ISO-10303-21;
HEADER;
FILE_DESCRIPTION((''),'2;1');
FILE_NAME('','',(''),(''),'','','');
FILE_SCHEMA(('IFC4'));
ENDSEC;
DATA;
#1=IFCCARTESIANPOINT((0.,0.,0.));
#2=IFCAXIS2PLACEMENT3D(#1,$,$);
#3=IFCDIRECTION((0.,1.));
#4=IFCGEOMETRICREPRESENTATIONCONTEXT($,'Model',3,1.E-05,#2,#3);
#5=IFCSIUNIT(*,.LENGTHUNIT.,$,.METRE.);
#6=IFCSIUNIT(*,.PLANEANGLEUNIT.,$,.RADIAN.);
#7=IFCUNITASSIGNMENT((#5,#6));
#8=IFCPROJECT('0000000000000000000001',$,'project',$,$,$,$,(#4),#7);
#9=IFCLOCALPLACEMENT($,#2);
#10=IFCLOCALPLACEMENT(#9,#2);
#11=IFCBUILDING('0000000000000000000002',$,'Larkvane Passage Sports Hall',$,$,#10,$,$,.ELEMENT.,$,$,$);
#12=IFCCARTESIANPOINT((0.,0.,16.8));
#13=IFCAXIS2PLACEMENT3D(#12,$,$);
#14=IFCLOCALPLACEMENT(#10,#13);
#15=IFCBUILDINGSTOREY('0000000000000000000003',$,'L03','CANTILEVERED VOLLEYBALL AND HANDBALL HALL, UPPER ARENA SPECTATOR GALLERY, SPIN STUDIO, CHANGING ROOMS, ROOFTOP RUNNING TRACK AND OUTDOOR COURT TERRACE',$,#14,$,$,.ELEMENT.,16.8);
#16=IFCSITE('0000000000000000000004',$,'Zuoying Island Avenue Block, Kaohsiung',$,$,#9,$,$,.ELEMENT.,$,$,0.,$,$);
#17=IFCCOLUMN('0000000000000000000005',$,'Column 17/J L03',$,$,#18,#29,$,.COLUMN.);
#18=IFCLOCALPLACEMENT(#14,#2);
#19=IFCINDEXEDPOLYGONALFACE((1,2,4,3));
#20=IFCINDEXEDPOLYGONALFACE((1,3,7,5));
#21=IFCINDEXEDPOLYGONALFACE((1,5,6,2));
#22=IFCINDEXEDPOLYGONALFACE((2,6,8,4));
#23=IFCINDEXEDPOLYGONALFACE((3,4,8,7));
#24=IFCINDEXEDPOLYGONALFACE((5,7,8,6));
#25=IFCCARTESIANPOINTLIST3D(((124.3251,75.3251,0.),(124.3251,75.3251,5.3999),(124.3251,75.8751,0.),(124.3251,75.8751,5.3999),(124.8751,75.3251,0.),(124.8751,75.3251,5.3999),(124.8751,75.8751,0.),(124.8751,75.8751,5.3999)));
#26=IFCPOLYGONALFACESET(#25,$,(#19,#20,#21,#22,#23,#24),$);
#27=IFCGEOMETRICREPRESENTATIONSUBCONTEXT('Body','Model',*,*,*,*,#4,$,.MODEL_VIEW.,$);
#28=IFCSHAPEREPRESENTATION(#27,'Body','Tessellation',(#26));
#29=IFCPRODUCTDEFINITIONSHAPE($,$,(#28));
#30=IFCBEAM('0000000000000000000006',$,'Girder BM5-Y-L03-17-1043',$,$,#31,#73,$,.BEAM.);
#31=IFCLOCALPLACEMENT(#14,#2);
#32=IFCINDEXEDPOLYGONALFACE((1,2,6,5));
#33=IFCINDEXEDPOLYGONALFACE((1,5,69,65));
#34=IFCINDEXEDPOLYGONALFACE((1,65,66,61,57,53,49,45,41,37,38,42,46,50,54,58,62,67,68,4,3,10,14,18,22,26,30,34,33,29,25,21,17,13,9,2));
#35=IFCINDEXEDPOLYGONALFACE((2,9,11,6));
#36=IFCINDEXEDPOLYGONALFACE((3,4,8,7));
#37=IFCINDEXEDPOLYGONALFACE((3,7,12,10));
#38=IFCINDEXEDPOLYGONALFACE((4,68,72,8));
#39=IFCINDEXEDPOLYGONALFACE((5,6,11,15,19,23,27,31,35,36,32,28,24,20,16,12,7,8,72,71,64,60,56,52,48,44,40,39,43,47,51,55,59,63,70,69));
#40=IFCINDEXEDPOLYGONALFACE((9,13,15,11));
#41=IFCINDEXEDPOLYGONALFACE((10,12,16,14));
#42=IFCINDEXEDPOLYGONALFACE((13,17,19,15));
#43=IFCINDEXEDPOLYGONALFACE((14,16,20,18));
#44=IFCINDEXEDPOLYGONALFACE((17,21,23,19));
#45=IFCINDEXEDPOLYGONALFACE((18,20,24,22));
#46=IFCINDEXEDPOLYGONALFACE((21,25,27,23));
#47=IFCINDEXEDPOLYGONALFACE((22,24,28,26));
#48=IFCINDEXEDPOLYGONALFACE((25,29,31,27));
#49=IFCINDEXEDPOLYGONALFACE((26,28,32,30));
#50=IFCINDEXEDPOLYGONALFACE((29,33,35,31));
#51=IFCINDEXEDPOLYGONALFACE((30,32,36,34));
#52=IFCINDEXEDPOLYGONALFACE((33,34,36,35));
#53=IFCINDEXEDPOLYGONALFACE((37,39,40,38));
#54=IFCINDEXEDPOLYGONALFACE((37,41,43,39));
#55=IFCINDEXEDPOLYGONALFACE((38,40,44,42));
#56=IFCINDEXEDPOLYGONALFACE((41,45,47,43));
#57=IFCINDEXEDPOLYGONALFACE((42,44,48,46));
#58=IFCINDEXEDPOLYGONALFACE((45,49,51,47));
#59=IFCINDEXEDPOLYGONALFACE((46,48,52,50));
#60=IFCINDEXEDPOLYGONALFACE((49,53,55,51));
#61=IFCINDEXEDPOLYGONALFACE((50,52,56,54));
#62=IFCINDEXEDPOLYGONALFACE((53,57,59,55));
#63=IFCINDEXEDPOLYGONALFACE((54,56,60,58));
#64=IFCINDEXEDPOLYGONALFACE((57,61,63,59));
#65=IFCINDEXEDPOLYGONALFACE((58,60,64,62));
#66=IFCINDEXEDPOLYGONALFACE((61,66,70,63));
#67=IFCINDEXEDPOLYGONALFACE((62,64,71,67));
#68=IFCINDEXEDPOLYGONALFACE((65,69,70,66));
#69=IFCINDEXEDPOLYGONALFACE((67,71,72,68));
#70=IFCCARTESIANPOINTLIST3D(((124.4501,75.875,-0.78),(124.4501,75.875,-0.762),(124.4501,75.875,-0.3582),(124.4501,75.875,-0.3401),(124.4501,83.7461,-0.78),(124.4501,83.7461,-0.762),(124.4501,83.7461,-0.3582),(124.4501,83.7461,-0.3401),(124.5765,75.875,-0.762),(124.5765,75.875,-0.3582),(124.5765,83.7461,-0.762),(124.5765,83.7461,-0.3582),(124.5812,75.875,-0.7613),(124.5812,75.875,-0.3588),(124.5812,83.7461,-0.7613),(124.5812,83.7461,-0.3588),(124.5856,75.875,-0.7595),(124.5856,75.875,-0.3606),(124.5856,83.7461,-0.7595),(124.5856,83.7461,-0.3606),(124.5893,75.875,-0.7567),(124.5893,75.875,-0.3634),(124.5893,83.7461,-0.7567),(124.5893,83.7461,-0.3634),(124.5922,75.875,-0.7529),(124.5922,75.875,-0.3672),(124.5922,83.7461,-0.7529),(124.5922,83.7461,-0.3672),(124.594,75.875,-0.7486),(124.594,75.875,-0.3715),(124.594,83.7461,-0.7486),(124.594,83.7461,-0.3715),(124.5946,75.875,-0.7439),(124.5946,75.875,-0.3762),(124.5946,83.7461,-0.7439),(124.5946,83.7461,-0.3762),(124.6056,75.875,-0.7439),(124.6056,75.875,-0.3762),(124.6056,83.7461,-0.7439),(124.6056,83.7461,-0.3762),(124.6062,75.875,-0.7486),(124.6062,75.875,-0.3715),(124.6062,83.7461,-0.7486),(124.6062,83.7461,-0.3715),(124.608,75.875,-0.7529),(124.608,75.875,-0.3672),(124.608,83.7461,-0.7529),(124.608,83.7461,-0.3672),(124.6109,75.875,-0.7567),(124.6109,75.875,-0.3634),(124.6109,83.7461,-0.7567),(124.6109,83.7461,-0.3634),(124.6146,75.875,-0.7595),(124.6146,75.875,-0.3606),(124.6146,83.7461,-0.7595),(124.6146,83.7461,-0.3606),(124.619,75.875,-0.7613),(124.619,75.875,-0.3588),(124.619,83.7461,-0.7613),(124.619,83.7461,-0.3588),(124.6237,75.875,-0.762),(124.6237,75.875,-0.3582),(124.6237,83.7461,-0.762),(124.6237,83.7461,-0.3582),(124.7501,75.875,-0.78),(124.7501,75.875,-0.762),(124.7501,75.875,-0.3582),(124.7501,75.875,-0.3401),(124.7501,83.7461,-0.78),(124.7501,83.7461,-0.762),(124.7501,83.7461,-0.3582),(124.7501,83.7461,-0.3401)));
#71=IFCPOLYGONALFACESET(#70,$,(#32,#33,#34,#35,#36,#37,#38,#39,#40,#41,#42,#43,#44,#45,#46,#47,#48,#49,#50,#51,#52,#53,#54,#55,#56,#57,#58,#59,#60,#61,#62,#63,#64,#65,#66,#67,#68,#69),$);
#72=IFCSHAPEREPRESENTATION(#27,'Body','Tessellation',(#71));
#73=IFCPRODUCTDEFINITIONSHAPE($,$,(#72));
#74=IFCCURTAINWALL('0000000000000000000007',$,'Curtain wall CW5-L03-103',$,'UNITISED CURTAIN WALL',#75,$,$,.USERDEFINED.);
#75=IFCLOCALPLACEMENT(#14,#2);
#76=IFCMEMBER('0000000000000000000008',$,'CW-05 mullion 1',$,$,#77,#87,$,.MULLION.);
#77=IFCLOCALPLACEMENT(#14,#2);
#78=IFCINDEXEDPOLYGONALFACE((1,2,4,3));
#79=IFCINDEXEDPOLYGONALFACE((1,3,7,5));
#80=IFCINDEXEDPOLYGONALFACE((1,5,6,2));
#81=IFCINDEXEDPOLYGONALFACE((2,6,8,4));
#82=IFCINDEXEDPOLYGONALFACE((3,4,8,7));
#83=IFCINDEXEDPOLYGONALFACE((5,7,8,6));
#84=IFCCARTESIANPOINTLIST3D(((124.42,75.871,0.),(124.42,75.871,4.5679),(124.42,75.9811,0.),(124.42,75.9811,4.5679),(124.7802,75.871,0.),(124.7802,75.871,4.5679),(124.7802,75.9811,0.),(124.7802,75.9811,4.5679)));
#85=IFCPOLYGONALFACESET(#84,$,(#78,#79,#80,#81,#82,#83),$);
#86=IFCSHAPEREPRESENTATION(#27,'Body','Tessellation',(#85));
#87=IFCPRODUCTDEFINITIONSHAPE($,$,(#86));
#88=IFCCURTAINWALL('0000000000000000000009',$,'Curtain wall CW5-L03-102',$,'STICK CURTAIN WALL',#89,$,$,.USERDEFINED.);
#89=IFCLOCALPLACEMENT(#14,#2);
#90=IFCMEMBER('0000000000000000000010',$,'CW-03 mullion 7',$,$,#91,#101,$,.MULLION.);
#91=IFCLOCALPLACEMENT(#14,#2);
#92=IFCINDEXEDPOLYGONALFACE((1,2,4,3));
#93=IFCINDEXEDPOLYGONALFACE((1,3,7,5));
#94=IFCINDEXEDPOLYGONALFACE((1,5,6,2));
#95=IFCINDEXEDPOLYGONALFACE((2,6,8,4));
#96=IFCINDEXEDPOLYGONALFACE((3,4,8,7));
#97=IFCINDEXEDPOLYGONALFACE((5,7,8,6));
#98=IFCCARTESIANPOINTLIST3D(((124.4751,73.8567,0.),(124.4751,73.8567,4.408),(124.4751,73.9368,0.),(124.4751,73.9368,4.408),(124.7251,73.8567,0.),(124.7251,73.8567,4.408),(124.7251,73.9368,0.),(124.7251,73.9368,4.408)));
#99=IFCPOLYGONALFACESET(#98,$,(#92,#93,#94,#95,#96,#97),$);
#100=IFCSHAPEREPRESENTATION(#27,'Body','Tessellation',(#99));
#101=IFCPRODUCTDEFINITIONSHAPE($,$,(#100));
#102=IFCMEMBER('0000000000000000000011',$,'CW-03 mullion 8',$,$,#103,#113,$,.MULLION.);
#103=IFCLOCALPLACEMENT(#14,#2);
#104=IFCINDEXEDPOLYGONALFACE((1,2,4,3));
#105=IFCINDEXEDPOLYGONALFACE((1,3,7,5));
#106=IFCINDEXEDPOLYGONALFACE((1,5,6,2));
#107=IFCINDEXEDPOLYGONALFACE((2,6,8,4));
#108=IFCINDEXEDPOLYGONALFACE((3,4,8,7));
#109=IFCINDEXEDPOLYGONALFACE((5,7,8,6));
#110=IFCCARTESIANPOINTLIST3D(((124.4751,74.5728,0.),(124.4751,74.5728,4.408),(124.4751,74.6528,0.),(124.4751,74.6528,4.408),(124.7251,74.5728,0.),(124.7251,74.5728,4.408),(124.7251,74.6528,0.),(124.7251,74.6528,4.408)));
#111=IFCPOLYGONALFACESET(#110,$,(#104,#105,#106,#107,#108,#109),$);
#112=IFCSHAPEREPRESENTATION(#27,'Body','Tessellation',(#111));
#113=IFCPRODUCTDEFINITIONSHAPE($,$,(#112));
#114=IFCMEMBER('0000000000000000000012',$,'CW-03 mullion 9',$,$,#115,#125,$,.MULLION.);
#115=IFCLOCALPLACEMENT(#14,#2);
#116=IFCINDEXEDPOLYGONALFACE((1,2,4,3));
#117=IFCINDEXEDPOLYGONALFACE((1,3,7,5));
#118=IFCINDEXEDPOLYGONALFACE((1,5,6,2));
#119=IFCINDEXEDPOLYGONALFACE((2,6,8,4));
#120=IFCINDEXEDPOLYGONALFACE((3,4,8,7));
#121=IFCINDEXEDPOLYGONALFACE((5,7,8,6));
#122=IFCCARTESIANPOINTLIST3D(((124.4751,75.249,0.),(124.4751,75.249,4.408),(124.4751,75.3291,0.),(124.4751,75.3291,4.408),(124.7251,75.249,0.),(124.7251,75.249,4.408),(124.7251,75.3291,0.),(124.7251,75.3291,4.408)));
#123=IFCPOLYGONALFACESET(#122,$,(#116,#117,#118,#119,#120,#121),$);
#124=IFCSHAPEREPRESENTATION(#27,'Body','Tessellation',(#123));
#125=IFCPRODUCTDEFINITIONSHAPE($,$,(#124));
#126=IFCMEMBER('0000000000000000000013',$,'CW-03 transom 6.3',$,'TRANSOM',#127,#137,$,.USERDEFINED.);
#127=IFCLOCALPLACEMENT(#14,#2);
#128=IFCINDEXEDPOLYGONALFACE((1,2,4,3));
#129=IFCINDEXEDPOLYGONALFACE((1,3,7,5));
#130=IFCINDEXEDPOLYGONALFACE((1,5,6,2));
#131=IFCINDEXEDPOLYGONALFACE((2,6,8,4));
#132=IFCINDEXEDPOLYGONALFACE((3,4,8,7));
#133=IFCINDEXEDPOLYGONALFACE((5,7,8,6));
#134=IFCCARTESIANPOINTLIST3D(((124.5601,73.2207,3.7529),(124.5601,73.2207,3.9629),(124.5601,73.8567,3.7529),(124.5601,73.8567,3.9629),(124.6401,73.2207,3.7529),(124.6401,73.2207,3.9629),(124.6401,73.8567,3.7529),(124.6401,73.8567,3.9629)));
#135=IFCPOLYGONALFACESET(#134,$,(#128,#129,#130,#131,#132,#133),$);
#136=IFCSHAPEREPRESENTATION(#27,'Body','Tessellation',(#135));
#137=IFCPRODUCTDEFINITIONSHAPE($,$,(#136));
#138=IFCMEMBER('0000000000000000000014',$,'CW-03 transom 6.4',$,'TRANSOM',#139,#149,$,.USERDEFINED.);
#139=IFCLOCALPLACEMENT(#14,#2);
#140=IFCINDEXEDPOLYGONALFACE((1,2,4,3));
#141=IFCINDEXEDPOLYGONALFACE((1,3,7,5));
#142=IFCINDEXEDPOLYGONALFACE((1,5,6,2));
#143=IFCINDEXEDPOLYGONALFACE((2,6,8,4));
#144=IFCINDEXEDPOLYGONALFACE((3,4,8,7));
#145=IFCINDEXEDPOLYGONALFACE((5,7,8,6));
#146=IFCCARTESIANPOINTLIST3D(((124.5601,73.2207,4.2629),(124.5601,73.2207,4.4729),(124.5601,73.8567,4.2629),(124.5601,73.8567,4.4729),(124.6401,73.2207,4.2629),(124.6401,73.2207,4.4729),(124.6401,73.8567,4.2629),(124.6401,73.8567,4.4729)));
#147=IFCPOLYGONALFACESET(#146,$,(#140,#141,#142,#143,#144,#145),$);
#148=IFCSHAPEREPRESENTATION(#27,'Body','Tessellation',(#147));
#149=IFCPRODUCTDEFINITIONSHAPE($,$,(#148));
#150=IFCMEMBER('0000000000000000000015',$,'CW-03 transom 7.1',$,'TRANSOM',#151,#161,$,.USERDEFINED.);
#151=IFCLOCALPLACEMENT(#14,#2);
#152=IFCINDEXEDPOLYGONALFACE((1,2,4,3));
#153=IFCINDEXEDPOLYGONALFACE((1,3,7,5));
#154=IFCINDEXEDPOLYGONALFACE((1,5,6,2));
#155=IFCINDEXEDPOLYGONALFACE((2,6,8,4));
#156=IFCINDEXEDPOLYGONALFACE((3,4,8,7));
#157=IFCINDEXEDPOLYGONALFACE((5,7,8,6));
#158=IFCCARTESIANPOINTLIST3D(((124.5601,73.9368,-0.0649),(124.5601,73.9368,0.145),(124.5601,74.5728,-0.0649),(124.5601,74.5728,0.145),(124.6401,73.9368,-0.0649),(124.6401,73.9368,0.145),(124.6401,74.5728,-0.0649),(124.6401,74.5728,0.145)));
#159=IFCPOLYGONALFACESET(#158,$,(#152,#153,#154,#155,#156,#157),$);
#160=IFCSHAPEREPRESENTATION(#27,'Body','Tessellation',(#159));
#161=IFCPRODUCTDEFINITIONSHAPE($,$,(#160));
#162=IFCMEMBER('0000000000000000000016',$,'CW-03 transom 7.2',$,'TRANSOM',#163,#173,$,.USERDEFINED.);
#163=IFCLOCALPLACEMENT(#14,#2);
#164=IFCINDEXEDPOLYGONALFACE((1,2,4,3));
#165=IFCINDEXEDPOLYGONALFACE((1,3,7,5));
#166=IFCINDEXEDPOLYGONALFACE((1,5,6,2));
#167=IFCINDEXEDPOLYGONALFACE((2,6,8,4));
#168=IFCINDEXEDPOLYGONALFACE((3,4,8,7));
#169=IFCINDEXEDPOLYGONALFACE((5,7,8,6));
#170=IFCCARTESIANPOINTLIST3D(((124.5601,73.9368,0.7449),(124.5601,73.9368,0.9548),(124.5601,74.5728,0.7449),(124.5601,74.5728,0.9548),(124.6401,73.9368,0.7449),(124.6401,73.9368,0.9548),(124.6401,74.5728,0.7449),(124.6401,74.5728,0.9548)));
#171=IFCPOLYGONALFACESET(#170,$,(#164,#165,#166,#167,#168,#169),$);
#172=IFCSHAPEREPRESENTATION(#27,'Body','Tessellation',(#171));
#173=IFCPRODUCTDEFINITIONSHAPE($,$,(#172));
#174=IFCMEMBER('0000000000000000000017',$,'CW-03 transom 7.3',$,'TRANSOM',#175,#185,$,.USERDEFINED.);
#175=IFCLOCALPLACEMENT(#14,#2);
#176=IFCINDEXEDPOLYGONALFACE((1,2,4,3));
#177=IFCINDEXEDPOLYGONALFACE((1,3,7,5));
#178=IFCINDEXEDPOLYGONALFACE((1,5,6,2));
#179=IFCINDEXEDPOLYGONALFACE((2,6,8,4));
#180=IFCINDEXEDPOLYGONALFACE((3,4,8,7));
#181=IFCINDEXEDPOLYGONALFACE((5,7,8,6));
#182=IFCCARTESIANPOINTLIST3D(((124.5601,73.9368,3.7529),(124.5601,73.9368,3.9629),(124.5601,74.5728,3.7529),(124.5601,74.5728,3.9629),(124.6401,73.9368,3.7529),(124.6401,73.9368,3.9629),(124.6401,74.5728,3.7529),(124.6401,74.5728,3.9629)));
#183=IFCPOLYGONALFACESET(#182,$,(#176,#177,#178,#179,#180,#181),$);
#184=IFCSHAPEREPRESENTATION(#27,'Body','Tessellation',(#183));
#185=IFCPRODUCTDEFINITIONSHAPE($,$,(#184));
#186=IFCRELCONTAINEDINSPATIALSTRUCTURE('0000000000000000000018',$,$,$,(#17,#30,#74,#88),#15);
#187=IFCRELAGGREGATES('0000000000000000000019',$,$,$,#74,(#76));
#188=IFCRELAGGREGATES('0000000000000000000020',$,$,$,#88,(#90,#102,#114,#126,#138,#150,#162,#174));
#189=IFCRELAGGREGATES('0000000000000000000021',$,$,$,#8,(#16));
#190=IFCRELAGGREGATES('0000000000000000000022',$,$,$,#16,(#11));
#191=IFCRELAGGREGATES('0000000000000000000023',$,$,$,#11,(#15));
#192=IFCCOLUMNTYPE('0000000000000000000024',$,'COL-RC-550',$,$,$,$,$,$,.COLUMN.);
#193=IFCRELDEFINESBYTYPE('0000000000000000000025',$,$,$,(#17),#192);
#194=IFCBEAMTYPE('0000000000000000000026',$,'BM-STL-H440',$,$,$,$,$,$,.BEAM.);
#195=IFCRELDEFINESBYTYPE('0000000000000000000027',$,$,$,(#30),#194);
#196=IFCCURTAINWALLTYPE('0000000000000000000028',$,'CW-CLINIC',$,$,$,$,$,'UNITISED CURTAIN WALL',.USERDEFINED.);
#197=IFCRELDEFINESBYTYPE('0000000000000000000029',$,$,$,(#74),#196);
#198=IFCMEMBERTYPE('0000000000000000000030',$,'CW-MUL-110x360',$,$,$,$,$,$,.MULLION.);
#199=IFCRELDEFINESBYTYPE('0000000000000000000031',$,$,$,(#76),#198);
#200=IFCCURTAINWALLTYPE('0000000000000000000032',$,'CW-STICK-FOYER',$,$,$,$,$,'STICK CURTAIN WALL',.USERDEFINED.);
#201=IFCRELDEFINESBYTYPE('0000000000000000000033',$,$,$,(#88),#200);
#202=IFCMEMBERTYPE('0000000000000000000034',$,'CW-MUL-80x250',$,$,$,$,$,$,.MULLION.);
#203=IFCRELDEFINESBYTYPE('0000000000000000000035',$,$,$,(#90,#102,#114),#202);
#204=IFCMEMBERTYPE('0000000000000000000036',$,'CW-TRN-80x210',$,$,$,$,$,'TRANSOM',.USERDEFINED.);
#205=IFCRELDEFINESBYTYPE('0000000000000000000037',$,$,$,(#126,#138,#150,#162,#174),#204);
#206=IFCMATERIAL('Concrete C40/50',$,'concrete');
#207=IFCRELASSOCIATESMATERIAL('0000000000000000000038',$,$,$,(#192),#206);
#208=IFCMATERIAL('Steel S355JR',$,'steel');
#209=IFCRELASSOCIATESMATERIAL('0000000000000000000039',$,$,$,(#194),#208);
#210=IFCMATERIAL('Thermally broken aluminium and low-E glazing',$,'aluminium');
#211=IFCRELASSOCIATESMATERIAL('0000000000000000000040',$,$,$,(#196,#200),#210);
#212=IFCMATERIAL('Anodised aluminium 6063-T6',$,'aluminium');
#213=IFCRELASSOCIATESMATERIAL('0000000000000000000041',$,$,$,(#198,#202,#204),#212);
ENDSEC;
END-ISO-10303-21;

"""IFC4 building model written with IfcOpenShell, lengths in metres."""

from ifc_helpers import new_model, si_unit, direction, frame, origin, origin_2d, place, context, subcontext, project, spatial, rectangle, i_section, extrude, material, material_profile, profile_set, type_object, element, aggregate, save


model = new_model("IFC4")

# Units and contexts
model_context = context("Model", 3, precision=1e-05, world=origin(), true_north=direction((0.0, 1.0)))
body_context = subcontext(model_context, "Body", "Model", "MODEL_VIEW")
ifc_project = project(units=[si_unit("LENGTHUNIT", "METRE"), si_unit("PLANEANGLEUNIT", "RADIAN")], contexts=[model_context])

# Site, building, storey
site_placement = place(None, origin())
site = spatial("IfcSite", under=ifc_project, at=site_placement, Name="Zuoying Island Avenue Block, Kaohsiung", CompositionType="ELEMENT", RefElevation=0.0)
building_placement = place(site_placement, origin())
building = spatial("IfcBuilding", under=site, at=building_placement, Name="Larkvane Passage Sports Hall", CompositionType="ELEMENT")
storey_placement = place(building_placement, frame((0.0, 0.0, 16.8)))
storey = spatial("IfcBuildingStorey", under=building, at=storey_placement, Name="L03", Description="CANTILEVERED VOLLEYBALL AND HANDBALL HALL, UPPER ARENA SPECTATOR GALLERY, SPIN STUDIO, CHANGING ROOMS, ROOFTOP RUNNING TRACK AND OUTDOOR COURT TERRACE", CompositionType="ELEMENT", Elevation=16.8)

# Column
ifc_material_1 = material(Name="Concrete C40/50", Category="concrete")
ifc_material_profile_1 = material_profile(ifc_material_1, rectangle(XDim=0.55, YDim=0.55, at=origin_2d()), Name="RC-COL-550x550")
ifc_profile_set_1 = profile_set([ifc_material_profile_1], Name="Concrete C40/50")
column_type = type_object("IfcColumnType", Name="COL-RC-550", PredefinedType="COLUMN", material=ifc_profile_set_1)
column_placement = place(storey_placement, frame((124.6001, 75.6001, 0.0), z_axis=(0.0, 0.0, 1.0), x_axis=(1.0, 0.0, 0.0)))
element("IfcColumn", 1, at=column_placement, inside=storey, type_object=column_type, Name="Column 17/J L03", PredefinedType="COLUMN", context=body_context, shape_type="SweptSolid", body=[
    extrude(rectangle(XDim=0.55, YDim=0.55, at=origin_2d()), origin(), (0.0, 0.0, 1.0), 5.3999),
])

# Beam
ifc_material_2 = material(Name="Steel S355JR", Category="steel")
ifc_material_profile_2 = material_profile(ifc_material_2, i_section(OverallWidth=0.3, OverallDepth=0.4399, WebThickness=0.011, FlangeThickness=0.0181, FilletRadius=0.0181, at=origin_2d()), Name="H-440x300x11x18")
ifc_profile_set_2 = profile_set([ifc_material_profile_2], Name="Steel S355JR")
beam_type = type_object("IfcBeamType", Name="BM-STL-H440", PredefinedType="BEAM", material=ifc_profile_set_2)
beam_placement = place(storey_placement, frame((124.6001, 75.875, -0.5601), z_axis=(0.0, 1.0, 0.0), x_axis=(-1.0, 0.0, 0.0)))
element("IfcBeam", 2, at=beam_placement, inside=storey, type_object=beam_type, Name="Girder BM5-Y-L03-17-1043", PredefinedType="BEAM", context=body_context, shape_type="SweptSolid", body=[
    extrude(i_section(OverallWidth=0.3, OverallDepth=0.4399, WebThickness=0.011, FlangeThickness=0.0181, FilletRadius=0.0181, at=origin_2d()), origin(), (0.0, 0.0, 1.0), 7.8711),
])

# Curtain wall, member
ifc_material_3 = material(Name="Thermally broken aluminium and low-E glazing", Category="aluminium")
curtain_wall_type_1 = type_object("IfcCurtainWallType", Name="CW-CLINIC", ElementType="UNITISED CURTAIN WALL", PredefinedType="USERDEFINED", material=ifc_material_3)
curtain_wall_1_placement = place(storey_placement, origin())
curtain_wall_1 = element("IfcCurtainWall", 3, at=curtain_wall_1_placement, inside=storey, type_object=curtain_wall_type_1, Name="Curtain wall CW5-L03-103", ObjectType="UNITISED CURTAIN WALL", PredefinedType="USERDEFINED")
ifc_material_4 = material(Name="Anodised aluminium 6063-T6", Category="aluminium")
ifc_material_profile_3 = material_profile(ifc_material_4, rectangle(XDim=0.1101, YDim=0.3601, at=origin_2d()), Name="ALU-MUL-110x360")
ifc_profile_set_3 = profile_set([ifc_material_profile_3], Name="Anodised aluminium 6063-T6")
member_type_1 = type_object("IfcMemberType", Name="CW-MUL-110x360", PredefinedType="MULLION", material=ifc_profile_set_3)
member_1_placement = place(storey_placement, frame((124.6001, 75.926, 0.0), z_axis=(0.0, 0.0, 1.0), x_axis=(0.0, 1.0, 0.0)))
member_1 = element("IfcMember", 4, at=member_1_placement, type_object=member_type_1, Name="CW-05 mullion 1", PredefinedType="MULLION", context=body_context, shape_type="SweptSolid", body=[
    extrude(rectangle(XDim=0.1101, YDim=0.3601, at=origin_2d()), origin(), (0.0, 0.0, 1.0), 4.5679),
])
aggregate(curtain_wall_1, [member_1])

# Curtain wall, members
curtain_wall_type_2 = type_object("IfcCurtainWallType", Name="CW-STICK-FOYER", ElementType="STICK CURTAIN WALL", PredefinedType="USERDEFINED", material=ifc_material_3)
curtain_wall_2_placement = place(storey_placement, origin())
curtain_wall_2 = element("IfcCurtainWall", 5, at=curtain_wall_2_placement, inside=storey, type_object=curtain_wall_type_2, Name="Curtain wall CW5-L03-102", ObjectType="STICK CURTAIN WALL", PredefinedType="USERDEFINED")
ifc_material_profile_4 = material_profile(ifc_material_4, rectangle(XDim=0.0801, YDim=0.25, at=origin_2d()), Name="ALU-MUL-80x250")
ifc_profile_set_4 = profile_set([ifc_material_profile_4], Name="Anodised aluminium 6063-T6")
member_type_2 = type_object("IfcMemberType", Name="CW-MUL-80x250", PredefinedType="MULLION", material=ifc_profile_set_4)
member_2_placement = place(storey_placement, frame((124.6001, 73.8967, 0.0), z_axis=(0.0, 0.0, 1.0), x_axis=(0.0, 1.0, 0.0)))
member_2 = element("IfcMember", 6, at=member_2_placement, type_object=member_type_2, Name="CW-03 mullion 7", PredefinedType="MULLION", context=body_context, shape_type="SweptSolid", body=[
    extrude(rectangle(XDim=0.0801, YDim=0.25, at=origin_2d()), origin(), (0.0, 0.0, 1.0), 4.408),
])
member_3_placement = place(storey_placement, frame((124.6001, 74.6128, 0.0), z_axis=(0.0, 0.0, 1.0), x_axis=(0.0, 1.0, 0.0)))
member_3 = element("IfcMember", 7, at=member_3_placement, type_object=member_type_2, Name="CW-03 mullion 8", PredefinedType="MULLION", context=body_context, shape_type="SweptSolid", body=[
    extrude(rectangle(XDim=0.0801, YDim=0.25, at=origin_2d()), origin(), (0.0, 0.0, 1.0), 4.408),
])
member_4_placement = place(storey_placement, frame((124.6001, 75.2891, 0.0), z_axis=(0.0, 0.0, 1.0), x_axis=(0.0, 1.0, 0.0)))
member_4 = element("IfcMember", 8, at=member_4_placement, type_object=member_type_2, Name="CW-03 mullion 9", PredefinedType="MULLION", context=body_context, shape_type="SweptSolid", body=[
    extrude(rectangle(XDim=0.0801, YDim=0.25, at=origin_2d()), origin(), (0.0, 0.0, 1.0), 4.408),
])
ifc_material_profile_5 = material_profile(ifc_material_4, rectangle(XDim=0.0801, YDim=0.21, at=origin_2d()), Name="ALU-TRN-80x210")
ifc_profile_set_5 = profile_set([ifc_material_profile_5], Name="Anodised aluminium 6063-T6")
member_type_3 = type_object("IfcMemberType", Name="CW-TRN-80x210", ElementType="TRANSOM", PredefinedType="USERDEFINED", material=ifc_profile_set_5)
member_5_placement = place(storey_placement, frame((124.6001, 73.2207, 3.8579), z_axis=(0.0, 1.0, 0.0), x_axis=(-1.0, 0.0, 0.0)))
member_5 = element("IfcMember", 9, at=member_5_placement, type_object=member_type_3, Name="CW-03 transom 6.3", ObjectType="TRANSOM", PredefinedType="USERDEFINED", context=body_context, shape_type="SweptSolid", body=[
    extrude(rectangle(XDim=0.0801, YDim=0.21, at=origin_2d()), origin(), (0.0, 0.0, 1.0), 0.636),
])
member_6_placement = place(storey_placement, frame((124.6001, 73.2207, 4.3679), z_axis=(0.0, 1.0, 0.0), x_axis=(-1.0, 0.0, 0.0)))
member_6 = element("IfcMember", 10, at=member_6_placement, type_object=member_type_3, Name="CW-03 transom 6.4", ObjectType="TRANSOM", PredefinedType="USERDEFINED", context=body_context, shape_type="SweptSolid", body=[
    extrude(rectangle(XDim=0.0801, YDim=0.21, at=origin_2d()), origin(), (0.0, 0.0, 1.0), 0.636),
])
member_7_placement = place(storey_placement, frame((124.6001, 73.9368, 0.04), z_axis=(0.0, 1.0, 0.0), x_axis=(-1.0, 0.0, 0.0)))
member_7 = element("IfcMember", 11, at=member_7_placement, type_object=member_type_3, Name="CW-03 transom 7.1", ObjectType="TRANSOM", PredefinedType="USERDEFINED", context=body_context, shape_type="SweptSolid", body=[
    extrude(rectangle(XDim=0.0801, YDim=0.21, at=origin_2d()), origin(), (0.0, 0.0, 1.0), 0.636),
])
member_8_placement = place(storey_placement, frame((124.6001, 73.9368, 0.8499), z_axis=(0.0, 1.0, 0.0), x_axis=(-1.0, 0.0, 0.0)))
member_8 = element("IfcMember", 12, at=member_8_placement, type_object=member_type_3, Name="CW-03 transom 7.2", ObjectType="TRANSOM", PredefinedType="USERDEFINED", context=body_context, shape_type="SweptSolid", body=[
    extrude(rectangle(XDim=0.0801, YDim=0.21, at=origin_2d()), origin(), (0.0, 0.0, 1.0), 0.636),
])
member_9_placement = place(storey_placement, frame((124.6001, 73.9368, 3.8579), z_axis=(0.0, 1.0, 0.0), x_axis=(-1.0, 0.0, 0.0)))
member_9 = element("IfcMember", 13, at=member_9_placement, type_object=member_type_3, Name="CW-03 transom 7.3", ObjectType="TRANSOM", PredefinedType="USERDEFINED", context=body_context, shape_type="SweptSolid", body=[
    extrude(rectangle(XDim=0.0801, YDim=0.21, at=origin_2d()), origin(), (0.0, 0.0, 1.0), 0.636),
])
aggregate(curtain_wall_2, [member_2, member_3, member_4, member_5, member_6, member_7, member_8, member_9])

save(model, "model.ifc")
